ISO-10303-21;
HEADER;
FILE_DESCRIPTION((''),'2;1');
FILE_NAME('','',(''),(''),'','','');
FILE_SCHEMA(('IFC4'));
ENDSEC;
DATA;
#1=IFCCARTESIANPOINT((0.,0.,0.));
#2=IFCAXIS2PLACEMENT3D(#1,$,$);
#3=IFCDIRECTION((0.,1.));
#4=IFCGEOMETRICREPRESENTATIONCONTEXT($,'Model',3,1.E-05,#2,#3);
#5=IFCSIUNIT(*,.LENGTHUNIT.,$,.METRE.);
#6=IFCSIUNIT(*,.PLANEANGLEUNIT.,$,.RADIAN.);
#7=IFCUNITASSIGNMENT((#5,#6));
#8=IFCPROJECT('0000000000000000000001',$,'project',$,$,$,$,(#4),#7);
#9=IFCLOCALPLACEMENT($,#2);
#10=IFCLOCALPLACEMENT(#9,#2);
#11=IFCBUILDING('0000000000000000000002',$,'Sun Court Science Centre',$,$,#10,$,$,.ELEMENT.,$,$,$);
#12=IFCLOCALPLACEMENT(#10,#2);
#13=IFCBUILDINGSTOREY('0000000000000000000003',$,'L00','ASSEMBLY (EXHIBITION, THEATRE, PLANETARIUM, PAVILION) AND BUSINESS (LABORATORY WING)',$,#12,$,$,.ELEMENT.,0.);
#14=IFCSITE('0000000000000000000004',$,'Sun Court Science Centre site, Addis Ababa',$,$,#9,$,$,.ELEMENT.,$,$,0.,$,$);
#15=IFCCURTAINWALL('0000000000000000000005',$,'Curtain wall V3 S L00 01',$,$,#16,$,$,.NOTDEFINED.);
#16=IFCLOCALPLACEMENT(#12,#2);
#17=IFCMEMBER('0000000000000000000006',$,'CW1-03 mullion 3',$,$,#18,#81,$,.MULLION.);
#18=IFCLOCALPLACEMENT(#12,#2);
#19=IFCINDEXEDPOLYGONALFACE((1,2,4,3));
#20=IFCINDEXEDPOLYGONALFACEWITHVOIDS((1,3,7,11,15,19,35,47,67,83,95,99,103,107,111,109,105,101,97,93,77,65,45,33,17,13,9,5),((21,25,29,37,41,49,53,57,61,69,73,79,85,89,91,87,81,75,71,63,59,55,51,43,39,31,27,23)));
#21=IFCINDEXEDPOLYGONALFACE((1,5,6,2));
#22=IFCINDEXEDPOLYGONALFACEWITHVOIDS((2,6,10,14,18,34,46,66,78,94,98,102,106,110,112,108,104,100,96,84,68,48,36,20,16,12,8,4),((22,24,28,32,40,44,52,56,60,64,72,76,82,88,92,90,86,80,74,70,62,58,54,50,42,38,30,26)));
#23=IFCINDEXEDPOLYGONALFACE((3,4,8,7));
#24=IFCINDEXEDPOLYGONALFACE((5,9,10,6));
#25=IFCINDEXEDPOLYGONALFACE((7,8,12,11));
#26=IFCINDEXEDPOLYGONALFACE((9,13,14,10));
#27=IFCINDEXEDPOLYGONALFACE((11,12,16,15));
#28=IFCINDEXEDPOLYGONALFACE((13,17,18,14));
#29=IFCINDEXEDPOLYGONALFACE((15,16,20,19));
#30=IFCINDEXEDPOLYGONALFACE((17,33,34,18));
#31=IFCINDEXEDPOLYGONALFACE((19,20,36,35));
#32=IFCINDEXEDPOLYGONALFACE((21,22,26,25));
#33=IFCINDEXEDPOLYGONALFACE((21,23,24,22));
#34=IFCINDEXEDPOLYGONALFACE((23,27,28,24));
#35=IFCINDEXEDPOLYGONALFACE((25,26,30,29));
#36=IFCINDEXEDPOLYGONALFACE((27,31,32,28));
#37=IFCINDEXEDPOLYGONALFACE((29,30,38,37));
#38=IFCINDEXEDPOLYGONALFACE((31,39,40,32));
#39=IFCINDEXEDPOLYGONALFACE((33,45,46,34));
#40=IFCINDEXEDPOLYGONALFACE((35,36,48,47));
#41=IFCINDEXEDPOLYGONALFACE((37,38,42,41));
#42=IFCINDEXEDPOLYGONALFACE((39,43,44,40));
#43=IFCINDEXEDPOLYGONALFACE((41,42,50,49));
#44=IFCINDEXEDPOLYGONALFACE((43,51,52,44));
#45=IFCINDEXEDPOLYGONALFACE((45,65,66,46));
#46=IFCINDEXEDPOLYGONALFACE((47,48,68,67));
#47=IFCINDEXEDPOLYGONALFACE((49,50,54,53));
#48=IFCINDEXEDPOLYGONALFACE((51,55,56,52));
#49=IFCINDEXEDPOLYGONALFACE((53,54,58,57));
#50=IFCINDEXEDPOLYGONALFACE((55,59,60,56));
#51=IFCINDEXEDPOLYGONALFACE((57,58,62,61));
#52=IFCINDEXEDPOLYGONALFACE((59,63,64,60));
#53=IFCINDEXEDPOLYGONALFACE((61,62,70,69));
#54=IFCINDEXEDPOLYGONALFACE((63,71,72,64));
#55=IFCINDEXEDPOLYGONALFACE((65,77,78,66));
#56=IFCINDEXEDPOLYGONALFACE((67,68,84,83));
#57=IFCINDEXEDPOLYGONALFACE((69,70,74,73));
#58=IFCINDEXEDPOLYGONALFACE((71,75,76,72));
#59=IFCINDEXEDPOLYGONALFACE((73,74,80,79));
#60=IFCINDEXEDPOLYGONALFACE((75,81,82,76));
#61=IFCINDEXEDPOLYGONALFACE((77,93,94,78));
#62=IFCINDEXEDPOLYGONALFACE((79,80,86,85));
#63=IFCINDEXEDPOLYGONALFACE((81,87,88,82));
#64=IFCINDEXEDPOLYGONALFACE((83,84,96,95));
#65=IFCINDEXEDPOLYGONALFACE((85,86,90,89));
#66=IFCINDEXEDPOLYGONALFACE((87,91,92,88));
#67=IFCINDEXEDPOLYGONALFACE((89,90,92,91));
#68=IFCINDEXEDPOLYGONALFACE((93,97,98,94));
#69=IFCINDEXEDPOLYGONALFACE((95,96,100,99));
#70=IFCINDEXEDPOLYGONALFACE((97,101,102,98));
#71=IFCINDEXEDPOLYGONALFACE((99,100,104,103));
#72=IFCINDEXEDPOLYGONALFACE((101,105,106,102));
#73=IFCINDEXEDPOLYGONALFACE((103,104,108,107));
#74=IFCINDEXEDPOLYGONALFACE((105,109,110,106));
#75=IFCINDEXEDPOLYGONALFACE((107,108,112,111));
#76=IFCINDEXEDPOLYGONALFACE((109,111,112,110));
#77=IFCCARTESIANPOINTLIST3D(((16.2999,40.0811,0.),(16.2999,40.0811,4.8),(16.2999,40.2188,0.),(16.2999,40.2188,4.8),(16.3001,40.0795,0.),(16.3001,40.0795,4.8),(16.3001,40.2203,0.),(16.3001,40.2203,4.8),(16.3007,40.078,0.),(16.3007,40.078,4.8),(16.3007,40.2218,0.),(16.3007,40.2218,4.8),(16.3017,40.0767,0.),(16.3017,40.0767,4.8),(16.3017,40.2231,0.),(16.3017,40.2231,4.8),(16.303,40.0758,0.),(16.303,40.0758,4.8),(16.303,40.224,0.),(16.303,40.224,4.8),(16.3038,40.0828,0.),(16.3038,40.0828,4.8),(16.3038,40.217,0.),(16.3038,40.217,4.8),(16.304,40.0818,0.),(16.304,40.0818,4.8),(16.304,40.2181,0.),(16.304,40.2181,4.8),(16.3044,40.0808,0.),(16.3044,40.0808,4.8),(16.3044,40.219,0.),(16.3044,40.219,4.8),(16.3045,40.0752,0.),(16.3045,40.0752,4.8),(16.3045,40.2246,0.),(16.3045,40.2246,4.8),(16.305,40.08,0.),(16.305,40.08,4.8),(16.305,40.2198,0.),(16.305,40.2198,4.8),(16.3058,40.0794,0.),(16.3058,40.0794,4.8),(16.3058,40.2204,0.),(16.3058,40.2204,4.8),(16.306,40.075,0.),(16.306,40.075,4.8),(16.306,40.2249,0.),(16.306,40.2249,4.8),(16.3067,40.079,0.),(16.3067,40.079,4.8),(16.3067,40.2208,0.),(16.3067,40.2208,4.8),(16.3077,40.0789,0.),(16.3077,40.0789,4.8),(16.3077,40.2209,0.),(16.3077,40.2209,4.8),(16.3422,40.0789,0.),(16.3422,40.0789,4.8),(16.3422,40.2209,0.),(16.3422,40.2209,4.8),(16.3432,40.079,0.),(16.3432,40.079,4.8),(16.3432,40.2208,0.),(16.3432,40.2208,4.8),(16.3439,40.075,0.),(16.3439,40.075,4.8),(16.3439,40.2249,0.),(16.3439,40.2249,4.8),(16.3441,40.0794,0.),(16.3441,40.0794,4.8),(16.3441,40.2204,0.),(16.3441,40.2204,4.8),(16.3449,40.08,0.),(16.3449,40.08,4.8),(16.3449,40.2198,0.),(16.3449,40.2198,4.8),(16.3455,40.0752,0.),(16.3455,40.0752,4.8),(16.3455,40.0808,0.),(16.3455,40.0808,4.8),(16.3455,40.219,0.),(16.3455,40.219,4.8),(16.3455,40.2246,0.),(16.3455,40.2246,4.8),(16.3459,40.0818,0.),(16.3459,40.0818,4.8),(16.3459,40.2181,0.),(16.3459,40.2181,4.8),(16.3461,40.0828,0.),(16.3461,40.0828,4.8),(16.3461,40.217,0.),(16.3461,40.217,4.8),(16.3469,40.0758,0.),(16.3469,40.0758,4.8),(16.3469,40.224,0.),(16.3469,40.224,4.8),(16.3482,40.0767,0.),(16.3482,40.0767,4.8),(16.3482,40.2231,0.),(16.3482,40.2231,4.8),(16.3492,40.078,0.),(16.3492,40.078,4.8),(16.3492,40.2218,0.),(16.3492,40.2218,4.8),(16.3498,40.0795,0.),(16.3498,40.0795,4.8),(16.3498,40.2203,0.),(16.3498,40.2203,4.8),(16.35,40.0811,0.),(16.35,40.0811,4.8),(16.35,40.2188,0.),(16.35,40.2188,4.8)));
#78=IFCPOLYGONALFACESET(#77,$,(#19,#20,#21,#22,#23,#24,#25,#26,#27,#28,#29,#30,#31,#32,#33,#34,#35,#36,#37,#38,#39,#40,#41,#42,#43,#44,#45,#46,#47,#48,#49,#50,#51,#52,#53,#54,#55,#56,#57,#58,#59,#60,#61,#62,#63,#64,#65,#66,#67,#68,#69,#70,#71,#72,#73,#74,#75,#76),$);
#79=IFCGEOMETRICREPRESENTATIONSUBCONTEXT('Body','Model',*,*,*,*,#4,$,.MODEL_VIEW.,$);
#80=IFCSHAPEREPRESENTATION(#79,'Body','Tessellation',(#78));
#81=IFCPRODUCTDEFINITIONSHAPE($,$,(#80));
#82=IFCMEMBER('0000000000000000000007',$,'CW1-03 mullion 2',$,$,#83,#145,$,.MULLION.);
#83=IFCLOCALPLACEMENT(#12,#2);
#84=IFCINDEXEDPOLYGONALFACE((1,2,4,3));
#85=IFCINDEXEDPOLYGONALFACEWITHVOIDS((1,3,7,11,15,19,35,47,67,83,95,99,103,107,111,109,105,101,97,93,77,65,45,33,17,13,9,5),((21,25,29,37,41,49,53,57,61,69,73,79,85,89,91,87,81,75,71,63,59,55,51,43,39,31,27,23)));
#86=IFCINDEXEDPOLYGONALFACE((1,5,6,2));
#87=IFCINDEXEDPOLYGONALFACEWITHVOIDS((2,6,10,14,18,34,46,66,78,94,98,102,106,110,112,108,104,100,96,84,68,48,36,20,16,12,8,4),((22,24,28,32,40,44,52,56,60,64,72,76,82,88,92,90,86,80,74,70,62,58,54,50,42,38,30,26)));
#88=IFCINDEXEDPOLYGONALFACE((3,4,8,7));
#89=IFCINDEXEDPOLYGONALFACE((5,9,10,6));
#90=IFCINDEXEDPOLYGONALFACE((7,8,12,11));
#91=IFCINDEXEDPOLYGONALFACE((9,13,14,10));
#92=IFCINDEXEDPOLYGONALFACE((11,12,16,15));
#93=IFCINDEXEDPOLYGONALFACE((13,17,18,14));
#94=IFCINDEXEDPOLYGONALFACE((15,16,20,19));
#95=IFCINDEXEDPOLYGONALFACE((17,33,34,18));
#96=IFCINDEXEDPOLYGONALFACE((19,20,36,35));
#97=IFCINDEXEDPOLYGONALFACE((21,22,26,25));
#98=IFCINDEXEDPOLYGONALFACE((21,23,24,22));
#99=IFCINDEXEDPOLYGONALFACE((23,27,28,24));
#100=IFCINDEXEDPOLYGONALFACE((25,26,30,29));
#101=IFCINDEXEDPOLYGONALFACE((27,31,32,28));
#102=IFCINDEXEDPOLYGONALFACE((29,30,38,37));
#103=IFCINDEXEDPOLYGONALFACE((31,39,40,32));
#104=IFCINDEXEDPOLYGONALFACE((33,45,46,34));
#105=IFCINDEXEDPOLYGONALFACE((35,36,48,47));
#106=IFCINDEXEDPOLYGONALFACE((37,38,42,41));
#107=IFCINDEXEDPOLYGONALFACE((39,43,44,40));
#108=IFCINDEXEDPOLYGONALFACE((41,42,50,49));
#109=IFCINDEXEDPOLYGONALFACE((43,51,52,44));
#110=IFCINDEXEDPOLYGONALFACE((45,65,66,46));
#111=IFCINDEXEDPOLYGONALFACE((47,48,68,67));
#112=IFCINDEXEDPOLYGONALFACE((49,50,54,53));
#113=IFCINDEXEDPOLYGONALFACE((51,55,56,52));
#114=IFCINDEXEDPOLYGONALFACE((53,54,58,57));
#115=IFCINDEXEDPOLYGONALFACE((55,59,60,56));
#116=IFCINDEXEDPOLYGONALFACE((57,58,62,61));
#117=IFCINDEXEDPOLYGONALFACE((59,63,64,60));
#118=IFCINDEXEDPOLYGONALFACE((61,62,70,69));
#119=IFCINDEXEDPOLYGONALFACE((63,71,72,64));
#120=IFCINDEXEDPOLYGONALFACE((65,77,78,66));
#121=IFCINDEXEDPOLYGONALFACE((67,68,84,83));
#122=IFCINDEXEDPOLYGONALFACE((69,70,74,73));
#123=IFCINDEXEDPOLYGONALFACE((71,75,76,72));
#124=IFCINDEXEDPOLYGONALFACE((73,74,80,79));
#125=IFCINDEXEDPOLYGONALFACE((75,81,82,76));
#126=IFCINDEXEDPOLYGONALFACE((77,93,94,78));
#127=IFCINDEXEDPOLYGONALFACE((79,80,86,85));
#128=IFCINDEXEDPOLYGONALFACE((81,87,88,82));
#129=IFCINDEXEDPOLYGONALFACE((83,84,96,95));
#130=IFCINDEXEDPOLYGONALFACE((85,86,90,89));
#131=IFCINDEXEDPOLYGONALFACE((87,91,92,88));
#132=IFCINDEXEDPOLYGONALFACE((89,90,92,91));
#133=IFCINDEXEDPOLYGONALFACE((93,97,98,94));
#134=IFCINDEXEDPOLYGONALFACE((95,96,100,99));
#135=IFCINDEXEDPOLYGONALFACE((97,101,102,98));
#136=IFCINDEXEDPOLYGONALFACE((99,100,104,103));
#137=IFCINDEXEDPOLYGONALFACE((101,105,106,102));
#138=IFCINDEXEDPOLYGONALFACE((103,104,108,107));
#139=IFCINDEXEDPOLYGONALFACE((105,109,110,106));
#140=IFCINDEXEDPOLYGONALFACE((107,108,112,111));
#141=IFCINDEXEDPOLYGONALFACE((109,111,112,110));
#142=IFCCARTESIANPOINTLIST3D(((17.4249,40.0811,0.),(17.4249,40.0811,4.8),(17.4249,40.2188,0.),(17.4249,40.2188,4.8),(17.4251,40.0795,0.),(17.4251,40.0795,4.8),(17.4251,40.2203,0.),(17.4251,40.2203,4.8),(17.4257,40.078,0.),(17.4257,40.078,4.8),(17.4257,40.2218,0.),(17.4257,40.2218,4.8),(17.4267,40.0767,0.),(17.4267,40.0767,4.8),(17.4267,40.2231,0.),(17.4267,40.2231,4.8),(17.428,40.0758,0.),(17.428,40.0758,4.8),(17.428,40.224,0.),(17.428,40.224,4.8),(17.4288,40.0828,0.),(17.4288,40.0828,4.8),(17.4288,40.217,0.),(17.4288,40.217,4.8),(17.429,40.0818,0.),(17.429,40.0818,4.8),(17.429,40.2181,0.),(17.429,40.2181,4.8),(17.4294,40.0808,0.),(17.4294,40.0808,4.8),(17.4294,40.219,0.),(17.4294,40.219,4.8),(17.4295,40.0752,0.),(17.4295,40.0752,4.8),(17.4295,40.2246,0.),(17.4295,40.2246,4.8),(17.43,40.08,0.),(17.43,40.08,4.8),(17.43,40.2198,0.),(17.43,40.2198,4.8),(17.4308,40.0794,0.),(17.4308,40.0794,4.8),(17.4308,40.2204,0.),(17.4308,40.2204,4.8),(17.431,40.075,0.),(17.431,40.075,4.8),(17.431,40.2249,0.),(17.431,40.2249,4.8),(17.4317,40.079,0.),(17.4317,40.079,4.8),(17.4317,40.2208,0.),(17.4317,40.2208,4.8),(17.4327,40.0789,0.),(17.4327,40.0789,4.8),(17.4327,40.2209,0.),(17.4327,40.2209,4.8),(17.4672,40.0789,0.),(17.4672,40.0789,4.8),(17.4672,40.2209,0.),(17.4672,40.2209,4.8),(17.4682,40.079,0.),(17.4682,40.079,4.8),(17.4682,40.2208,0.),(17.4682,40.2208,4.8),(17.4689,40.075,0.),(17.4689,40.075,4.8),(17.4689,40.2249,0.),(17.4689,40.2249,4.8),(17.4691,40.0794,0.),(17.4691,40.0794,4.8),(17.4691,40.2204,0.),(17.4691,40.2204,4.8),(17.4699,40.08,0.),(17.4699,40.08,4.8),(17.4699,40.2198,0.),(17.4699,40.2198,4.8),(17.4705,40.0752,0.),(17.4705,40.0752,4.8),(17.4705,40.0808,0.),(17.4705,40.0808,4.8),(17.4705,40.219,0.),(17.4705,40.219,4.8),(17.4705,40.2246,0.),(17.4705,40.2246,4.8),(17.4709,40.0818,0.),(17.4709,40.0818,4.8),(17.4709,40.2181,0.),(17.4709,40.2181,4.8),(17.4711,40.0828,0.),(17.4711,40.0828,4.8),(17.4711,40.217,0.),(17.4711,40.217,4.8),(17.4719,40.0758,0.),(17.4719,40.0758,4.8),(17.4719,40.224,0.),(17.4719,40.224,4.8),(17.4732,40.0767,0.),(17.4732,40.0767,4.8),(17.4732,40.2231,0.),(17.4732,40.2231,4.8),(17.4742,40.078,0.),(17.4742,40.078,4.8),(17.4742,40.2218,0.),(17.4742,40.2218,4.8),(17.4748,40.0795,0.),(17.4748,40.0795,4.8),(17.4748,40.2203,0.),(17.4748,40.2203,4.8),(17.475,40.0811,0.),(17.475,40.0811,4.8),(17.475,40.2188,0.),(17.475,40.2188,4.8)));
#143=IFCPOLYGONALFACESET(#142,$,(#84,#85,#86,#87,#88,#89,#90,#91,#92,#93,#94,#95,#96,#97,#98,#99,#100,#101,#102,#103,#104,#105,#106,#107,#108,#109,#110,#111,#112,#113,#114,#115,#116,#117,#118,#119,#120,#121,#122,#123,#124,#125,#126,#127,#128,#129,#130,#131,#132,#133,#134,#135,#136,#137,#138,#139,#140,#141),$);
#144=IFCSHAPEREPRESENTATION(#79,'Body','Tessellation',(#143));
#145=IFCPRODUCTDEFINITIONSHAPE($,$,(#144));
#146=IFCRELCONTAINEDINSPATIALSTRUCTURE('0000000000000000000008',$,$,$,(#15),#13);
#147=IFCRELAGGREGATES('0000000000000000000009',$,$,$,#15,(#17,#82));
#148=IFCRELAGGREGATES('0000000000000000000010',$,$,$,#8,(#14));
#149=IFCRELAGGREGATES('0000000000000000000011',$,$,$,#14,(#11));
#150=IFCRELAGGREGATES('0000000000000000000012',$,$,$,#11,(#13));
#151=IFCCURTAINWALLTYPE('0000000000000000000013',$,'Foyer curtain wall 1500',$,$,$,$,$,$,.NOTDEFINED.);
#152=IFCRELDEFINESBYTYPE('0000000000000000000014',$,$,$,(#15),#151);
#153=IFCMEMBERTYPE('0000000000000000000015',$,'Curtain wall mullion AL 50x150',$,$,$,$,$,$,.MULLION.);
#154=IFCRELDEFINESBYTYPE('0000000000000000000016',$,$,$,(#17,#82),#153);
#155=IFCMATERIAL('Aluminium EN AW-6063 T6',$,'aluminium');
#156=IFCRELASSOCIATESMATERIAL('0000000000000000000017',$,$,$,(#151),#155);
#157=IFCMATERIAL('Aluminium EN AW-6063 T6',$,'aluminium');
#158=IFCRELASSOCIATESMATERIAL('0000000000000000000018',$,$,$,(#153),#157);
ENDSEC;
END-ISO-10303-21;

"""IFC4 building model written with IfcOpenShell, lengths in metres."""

from ifc_helpers import new_model, si_unit, direction, frame, origin, origin_2d, place, context, subcontext, project, spatial, hollow_rectangle, extrude, material, material_profile, profile_set, type_object, element, aggregate, save


model = new_model("IFC4")

# Units and contexts
model_context = context("Model", 3, precision=1e-05, world=origin(), true_north=direction((0.0, 1.0)))
body_context = subcontext(model_context, "Body", "Model", "MODEL_VIEW")
ifc_project = project(units=[si_unit("LENGTHUNIT", "METRE"), si_unit("PLANEANGLEUNIT", "RADIAN")], contexts=[model_context])

# Site, building, storey
site_placement = place(None, origin())
site = spatial("IfcSite", under=ifc_project, at=site_placement, Name="Sun Court Science Centre site, Addis Ababa", CompositionType="ELEMENT", RefElevation=0.0)
building_placement = place(site_placement, origin())
building = spatial("IfcBuilding", under=site, at=building_placement, Name="Sun Court Science Centre", CompositionType="ELEMENT")
storey_placement = place(building_placement, origin())
storey = spatial("IfcBuildingStorey", under=building, at=storey_placement, Name="L00", Description="ASSEMBLY (EXHIBITION, THEATRE, PLANETARIUM, PAVILION) AND BUSINESS (LABORATORY WING)", CompositionType="ELEMENT", Elevation=0.0)

# Curtain wall, members
ifc_material_1 = material(Name="Aluminium EN AW-6063 T6", Category="aluminium")
curtain_wall_type = type_object("IfcCurtainWallType", Name="Foyer curtain wall 1500", PredefinedType="NOTDEFINED", material=ifc_material_1)
curtain_wall_1_placement = place(storey_placement, origin())
curtain_wall_1 = element("IfcCurtainWall", 1, at=curtain_wall_1_placement, inside=storey, type_object=curtain_wall_type, Name="Curtain wall V3 S L00 01", PredefinedType="NOTDEFINED")
ifc_material_2 = material(Name="Aluminium EN AW-6063 T6", Category="aluminium")
ifc_material_profile_1 = material_profile(ifc_material_2, hollow_rectangle(XDim=0.05, YDim=0.1499, WallThickness=0.0039, InnerFilletRadius=0.0039, OuterFilletRadius=0.0061, at=origin_2d()), Name="AL 50x150x4")
ifc_profile_set_1 = profile_set([ifc_material_profile_1], Name="Aluminium EN AW-6063 T6")
member_type_1 = type_object("IfcMemberType", Name="Curtain wall mullion AL 50x150", PredefinedType="MULLION", material=ifc_profile_set_1)
member_1_placement = place(storey_placement, frame((16.325, 40.1499, 0.0), z_axis=(0.0, 0.0, 1.0), x_axis=(-1.0, 0.0, 0.0)))
member_1 = element("IfcMember", 2, at=member_1_placement, type_object=member_type_1, Name="CW1-03 mullion 3", PredefinedType="MULLION", context=body_context, shape_type="SweptSolid", body=[
    extrude(hollow_rectangle(XDim=0.05, YDim=0.1499, WallThickness=0.0039, InnerFilletRadius=0.0039, OuterFilletRadius=0.0061, at=origin_2d()), origin(), (0.0, 0.0, 1.0), 4.8),
])
member_2_placement = place(storey_placement, frame((17.45, 40.1499, 0.0), z_axis=(0.0, 0.0, 1.0), x_axis=(-1.0, 0.0, 0.0)))
member_2 = element("IfcMember", 3, at=member_2_placement, type_object=member_type_1, Name="CW1-03 mullion 2", PredefinedType="MULLION", context=body_context, shape_type="SweptSolid", body=[
    extrude(hollow_rectangle(XDim=0.05, YDim=0.1499, WallThickness=0.0039, InnerFilletRadius=0.0039, OuterFilletRadius=0.0061, at=origin_2d()), origin(), (0.0, 0.0, 1.0), 4.8),
])

aggregate(curtain_wall_1, [member_1, member_2])

save(model, "model.ifc")
